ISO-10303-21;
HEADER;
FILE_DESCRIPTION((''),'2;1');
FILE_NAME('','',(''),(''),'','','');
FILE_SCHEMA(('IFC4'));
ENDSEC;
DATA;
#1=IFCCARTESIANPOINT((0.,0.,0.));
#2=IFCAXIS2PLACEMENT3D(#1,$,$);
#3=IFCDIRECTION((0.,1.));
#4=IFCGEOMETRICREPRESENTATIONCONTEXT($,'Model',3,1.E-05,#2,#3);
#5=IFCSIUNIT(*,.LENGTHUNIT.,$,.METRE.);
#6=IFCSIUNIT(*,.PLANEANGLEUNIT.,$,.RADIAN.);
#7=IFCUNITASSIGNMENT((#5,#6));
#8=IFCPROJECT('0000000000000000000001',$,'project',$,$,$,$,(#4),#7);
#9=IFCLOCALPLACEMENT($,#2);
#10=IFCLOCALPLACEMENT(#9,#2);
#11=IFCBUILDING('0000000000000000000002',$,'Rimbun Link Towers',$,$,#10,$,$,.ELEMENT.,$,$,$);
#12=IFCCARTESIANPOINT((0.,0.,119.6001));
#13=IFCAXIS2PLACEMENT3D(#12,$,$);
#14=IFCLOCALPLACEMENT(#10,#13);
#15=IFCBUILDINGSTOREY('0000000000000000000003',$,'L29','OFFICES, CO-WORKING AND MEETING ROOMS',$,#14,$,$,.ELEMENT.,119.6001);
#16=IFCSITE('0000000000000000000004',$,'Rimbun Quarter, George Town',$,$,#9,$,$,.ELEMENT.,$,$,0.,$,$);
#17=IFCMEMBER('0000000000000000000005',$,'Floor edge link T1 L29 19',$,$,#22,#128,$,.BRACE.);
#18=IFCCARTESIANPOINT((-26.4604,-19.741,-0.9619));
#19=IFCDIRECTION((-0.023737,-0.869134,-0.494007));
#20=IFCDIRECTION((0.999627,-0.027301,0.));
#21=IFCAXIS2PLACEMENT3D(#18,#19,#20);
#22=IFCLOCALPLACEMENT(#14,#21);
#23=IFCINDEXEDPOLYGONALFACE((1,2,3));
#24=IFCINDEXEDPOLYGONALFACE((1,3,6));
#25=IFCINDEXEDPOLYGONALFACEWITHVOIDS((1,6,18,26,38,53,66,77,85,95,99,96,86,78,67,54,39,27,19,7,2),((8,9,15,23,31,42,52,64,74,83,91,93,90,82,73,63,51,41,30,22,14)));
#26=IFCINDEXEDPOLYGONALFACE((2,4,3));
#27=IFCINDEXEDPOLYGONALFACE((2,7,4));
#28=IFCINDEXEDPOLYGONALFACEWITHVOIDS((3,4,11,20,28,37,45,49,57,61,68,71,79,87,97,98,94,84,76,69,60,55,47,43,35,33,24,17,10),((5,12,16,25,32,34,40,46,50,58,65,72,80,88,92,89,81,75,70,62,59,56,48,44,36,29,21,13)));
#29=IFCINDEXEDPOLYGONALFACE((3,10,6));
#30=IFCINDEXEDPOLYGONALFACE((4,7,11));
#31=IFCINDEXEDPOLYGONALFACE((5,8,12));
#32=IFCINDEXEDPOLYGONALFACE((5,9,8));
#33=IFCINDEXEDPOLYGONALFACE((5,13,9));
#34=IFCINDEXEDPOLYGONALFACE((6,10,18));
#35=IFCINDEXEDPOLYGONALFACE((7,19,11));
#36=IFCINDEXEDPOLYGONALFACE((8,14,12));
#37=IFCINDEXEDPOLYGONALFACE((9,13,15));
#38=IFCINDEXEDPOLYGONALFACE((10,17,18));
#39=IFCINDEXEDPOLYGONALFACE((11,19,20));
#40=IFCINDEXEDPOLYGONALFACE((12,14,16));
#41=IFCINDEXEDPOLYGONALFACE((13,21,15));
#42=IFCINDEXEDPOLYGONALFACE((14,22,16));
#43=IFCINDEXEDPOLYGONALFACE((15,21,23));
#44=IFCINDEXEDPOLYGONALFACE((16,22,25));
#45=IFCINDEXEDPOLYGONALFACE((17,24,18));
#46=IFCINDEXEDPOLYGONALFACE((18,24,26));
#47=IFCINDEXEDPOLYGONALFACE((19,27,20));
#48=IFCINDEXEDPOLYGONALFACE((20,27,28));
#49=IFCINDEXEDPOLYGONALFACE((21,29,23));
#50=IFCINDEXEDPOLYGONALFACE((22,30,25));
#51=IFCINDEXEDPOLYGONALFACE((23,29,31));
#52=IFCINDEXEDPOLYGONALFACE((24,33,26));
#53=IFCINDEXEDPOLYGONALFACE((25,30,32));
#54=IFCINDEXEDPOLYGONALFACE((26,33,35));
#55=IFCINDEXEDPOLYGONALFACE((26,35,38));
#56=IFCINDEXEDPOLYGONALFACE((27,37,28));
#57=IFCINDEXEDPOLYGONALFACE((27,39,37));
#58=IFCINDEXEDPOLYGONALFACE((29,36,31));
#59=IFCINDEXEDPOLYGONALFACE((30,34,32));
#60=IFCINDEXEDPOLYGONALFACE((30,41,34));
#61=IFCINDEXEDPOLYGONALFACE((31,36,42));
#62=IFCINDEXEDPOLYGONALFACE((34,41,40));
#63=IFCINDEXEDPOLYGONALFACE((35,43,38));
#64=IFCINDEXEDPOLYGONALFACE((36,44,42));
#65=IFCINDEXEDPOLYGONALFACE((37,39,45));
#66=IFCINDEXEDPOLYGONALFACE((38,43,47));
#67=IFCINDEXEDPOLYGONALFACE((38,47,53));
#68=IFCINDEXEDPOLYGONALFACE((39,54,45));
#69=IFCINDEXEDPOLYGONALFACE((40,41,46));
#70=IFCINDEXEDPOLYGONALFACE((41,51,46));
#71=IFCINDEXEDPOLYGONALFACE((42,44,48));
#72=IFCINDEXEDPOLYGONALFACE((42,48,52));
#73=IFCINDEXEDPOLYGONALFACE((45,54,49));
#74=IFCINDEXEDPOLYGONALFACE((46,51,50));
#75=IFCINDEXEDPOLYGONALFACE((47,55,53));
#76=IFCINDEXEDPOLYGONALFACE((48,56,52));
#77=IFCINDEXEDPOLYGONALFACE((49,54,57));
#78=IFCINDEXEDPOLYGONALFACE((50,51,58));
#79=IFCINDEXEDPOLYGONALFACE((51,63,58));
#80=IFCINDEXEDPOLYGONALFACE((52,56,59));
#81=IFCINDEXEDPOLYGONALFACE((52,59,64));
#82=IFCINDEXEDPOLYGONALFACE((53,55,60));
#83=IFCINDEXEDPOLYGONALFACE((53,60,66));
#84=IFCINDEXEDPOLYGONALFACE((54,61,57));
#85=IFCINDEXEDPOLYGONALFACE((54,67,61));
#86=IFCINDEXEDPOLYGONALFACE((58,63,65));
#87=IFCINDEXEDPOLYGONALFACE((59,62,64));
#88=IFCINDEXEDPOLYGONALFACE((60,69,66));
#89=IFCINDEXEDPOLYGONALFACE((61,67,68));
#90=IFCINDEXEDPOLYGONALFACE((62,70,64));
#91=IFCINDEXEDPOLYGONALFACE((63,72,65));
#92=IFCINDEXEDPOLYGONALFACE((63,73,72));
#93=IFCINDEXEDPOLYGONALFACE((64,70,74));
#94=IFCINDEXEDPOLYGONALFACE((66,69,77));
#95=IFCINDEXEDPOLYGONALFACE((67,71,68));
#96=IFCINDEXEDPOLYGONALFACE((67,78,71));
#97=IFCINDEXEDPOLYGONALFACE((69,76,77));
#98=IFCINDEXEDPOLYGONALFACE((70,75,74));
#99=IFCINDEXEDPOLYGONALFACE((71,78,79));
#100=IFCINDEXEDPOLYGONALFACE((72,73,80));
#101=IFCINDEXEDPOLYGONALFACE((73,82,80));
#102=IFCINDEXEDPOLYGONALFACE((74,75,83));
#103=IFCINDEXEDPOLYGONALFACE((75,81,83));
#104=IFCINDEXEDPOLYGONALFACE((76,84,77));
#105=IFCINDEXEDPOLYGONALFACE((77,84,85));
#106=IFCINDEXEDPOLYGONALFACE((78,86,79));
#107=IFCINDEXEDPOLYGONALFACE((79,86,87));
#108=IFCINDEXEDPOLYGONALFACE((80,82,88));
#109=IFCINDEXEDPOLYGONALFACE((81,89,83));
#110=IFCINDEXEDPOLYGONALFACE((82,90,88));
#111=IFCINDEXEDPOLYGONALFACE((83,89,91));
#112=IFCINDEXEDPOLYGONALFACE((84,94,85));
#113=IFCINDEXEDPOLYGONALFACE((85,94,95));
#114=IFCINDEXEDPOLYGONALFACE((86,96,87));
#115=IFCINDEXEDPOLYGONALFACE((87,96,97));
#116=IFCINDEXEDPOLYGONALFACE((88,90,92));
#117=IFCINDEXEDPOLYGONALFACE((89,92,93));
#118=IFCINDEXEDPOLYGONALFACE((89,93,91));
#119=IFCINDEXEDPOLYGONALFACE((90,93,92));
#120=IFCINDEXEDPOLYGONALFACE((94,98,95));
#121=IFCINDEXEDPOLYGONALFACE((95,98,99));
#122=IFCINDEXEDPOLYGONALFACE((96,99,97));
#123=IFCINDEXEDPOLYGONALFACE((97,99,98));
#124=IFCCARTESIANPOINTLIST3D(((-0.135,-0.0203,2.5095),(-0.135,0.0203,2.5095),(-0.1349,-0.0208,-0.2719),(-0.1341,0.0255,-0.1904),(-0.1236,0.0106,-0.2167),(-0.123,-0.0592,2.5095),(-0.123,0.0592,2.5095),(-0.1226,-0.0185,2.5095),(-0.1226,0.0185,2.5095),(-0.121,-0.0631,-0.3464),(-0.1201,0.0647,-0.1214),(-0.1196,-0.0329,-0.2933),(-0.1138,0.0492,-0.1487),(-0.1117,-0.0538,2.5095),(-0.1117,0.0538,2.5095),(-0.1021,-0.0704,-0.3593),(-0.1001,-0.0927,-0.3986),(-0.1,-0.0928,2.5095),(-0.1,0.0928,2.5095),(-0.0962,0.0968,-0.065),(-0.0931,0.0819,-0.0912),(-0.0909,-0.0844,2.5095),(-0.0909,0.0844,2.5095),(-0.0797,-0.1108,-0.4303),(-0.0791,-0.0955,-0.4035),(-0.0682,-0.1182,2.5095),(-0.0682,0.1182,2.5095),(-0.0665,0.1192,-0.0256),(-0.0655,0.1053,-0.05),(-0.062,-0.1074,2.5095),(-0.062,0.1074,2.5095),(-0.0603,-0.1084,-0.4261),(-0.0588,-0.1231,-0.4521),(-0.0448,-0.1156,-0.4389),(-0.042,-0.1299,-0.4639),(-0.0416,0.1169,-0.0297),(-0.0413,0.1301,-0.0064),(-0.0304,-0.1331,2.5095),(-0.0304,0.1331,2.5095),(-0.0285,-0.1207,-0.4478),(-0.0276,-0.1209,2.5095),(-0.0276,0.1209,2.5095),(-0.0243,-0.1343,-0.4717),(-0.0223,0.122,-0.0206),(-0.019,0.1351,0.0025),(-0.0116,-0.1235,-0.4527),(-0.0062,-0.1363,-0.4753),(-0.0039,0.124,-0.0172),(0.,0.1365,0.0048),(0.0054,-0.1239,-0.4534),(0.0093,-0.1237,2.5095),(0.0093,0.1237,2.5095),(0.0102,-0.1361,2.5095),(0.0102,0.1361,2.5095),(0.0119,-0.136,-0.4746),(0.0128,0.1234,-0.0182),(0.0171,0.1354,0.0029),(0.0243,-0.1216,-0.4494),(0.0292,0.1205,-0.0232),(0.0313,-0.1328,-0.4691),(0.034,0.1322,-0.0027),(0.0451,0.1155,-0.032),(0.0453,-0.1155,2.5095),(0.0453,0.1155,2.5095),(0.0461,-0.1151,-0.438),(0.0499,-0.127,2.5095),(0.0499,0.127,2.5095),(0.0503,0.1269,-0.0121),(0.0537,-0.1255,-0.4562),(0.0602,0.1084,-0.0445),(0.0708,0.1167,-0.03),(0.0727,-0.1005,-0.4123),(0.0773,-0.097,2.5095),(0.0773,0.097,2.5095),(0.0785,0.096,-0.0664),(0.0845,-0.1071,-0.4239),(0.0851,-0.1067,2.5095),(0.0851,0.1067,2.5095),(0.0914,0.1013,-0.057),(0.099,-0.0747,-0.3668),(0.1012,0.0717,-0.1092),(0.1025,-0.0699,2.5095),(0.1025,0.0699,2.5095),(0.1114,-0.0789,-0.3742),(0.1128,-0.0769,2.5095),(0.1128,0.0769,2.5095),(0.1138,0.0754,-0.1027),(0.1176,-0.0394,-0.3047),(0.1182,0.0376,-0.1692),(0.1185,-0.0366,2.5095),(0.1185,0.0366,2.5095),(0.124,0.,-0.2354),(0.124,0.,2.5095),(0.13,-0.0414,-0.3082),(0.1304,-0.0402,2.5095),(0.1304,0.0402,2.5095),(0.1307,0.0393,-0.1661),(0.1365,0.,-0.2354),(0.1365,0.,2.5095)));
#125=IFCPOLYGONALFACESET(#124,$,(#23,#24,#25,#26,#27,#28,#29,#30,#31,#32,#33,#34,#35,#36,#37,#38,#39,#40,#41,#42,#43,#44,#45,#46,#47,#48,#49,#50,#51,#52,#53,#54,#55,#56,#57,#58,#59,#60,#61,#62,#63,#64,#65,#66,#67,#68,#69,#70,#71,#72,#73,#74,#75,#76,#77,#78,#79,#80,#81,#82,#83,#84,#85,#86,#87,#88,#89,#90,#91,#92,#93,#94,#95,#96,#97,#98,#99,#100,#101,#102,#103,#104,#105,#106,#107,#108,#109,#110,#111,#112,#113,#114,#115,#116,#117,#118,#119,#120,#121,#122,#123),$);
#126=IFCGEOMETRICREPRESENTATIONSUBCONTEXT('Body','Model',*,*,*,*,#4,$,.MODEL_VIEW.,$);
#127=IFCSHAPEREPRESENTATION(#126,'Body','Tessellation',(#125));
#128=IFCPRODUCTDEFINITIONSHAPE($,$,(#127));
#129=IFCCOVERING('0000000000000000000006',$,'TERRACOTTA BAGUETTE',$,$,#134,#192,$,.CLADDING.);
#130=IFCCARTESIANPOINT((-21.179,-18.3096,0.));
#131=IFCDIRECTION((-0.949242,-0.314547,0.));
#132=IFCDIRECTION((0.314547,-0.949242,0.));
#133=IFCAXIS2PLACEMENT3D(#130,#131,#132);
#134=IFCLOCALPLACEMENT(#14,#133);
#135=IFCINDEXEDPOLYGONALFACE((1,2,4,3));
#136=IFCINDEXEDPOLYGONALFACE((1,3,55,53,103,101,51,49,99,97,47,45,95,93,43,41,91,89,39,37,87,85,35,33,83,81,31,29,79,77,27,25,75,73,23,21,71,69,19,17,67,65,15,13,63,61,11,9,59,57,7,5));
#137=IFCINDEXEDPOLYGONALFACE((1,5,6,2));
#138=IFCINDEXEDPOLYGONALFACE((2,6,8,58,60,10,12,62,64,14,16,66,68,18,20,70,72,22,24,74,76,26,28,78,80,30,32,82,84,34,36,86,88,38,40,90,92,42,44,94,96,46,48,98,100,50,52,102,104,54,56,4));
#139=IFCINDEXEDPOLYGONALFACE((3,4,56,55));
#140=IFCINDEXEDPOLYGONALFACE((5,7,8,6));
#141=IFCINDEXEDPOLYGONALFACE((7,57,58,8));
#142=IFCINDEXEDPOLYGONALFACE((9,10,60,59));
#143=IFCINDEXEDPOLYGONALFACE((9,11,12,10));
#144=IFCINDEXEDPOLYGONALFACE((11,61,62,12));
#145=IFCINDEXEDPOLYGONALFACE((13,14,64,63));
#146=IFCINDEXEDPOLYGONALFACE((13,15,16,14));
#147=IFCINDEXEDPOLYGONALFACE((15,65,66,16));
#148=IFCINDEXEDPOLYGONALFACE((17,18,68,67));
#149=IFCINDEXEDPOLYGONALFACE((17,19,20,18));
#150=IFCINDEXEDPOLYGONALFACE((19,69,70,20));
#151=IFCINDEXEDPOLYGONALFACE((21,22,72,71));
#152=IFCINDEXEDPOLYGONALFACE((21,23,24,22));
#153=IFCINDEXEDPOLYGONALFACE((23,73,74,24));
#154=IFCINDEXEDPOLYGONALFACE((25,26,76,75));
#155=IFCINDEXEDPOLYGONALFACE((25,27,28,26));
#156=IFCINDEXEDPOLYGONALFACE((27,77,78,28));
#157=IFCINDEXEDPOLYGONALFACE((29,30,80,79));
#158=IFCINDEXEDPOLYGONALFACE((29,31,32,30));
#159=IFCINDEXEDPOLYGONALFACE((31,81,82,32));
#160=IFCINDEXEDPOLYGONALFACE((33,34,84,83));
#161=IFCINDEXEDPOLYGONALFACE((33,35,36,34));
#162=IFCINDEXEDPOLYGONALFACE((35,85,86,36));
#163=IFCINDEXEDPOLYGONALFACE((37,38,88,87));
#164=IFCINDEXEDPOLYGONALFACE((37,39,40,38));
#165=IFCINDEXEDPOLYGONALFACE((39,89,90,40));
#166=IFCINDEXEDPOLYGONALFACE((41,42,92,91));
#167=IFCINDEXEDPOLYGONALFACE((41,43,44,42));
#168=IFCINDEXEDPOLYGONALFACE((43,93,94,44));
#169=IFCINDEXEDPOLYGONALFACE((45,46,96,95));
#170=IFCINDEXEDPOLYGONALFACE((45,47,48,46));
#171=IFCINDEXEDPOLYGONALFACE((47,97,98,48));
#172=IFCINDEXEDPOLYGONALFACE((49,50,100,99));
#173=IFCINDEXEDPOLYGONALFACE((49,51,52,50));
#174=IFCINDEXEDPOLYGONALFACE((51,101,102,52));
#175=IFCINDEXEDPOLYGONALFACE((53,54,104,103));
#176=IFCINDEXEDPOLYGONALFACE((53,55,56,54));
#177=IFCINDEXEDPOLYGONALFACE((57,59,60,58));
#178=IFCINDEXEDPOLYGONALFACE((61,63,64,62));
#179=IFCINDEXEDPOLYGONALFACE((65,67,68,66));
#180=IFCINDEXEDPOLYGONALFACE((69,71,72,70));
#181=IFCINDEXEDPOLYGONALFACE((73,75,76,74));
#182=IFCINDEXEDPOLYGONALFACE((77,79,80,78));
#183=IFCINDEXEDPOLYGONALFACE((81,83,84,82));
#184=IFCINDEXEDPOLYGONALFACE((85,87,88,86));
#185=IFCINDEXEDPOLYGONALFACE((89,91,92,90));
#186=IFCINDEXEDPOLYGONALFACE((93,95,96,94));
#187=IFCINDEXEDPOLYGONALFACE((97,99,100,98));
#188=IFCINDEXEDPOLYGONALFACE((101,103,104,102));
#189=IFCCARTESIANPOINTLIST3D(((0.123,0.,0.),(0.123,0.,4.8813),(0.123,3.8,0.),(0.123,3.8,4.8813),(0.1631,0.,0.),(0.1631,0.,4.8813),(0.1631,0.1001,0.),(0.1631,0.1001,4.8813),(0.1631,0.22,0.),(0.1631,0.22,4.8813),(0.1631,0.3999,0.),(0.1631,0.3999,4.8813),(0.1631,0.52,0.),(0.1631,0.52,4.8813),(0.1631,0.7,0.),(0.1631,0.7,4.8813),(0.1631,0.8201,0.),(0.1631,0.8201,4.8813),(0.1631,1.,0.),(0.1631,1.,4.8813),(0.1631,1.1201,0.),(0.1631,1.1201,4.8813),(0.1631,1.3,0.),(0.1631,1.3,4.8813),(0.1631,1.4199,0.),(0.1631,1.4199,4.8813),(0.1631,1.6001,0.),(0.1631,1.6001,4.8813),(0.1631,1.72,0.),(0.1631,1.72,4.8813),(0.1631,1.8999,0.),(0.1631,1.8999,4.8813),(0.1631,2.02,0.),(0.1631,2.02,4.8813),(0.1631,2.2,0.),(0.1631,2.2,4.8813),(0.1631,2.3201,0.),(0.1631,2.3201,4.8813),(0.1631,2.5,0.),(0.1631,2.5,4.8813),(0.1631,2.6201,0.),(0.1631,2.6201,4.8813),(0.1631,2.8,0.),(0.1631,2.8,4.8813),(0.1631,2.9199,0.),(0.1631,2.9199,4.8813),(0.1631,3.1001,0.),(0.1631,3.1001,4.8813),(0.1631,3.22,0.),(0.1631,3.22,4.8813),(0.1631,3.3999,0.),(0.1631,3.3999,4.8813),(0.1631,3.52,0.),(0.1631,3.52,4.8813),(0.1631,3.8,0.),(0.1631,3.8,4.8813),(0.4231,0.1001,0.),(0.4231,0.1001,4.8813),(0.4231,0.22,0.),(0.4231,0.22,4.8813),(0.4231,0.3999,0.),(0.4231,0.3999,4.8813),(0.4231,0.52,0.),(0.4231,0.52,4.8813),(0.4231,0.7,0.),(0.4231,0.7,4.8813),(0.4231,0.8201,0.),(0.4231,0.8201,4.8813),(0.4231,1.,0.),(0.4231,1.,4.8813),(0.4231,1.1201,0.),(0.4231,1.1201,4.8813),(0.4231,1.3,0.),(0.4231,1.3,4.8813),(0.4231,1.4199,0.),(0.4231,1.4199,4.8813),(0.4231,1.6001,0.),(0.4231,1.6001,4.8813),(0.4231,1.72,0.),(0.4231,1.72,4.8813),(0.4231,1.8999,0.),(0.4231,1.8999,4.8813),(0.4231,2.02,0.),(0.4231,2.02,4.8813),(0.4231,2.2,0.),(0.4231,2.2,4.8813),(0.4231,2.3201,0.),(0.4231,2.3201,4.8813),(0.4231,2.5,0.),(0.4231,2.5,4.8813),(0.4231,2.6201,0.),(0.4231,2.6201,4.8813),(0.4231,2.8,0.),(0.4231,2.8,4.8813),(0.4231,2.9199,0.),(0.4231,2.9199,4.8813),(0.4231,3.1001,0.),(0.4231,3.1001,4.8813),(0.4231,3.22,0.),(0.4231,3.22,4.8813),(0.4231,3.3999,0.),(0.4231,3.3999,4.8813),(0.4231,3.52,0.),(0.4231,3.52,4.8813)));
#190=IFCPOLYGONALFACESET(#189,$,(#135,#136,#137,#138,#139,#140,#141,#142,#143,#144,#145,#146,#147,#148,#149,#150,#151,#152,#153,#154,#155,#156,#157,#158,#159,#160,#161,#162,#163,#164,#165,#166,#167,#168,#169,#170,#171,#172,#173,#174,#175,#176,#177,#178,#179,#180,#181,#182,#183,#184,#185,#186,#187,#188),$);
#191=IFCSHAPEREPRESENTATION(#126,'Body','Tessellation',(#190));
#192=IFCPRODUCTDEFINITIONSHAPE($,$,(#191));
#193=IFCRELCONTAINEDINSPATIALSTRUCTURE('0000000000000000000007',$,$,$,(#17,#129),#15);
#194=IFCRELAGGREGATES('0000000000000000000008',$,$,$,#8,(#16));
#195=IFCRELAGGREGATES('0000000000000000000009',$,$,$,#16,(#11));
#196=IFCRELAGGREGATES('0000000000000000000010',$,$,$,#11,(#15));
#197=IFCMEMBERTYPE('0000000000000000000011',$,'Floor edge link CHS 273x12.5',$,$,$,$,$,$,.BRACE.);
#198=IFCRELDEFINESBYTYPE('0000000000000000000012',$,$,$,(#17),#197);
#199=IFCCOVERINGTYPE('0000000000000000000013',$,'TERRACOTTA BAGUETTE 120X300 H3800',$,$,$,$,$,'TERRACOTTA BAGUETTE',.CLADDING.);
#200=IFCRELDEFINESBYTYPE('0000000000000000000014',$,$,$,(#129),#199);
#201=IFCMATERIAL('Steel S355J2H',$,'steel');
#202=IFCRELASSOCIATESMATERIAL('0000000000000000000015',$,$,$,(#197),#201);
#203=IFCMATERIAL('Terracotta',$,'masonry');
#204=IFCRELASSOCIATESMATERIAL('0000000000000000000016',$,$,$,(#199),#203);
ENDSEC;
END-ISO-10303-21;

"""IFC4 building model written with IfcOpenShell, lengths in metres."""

from ifc_helpers import new_model, si_unit, direction, frame, origin, origin_2d, place, context, subcontext, project, spatial, polyline, hollow_circle, outline, extrude, clip, halfspace, material, material_profile, profile_set, type_object, element, save


model = new_model("IFC4")

# Units and contexts
model_context = context("Model", 3, precision=1e-05, world=origin(), true_north=direction((0.0, 1.0)))
body_context = subcontext(model_context, "Body", "Model", "MODEL_VIEW")
ifc_project = project(units=[si_unit("LENGTHUNIT", "METRE"), si_unit("PLANEANGLEUNIT", "RADIAN")], contexts=[model_context])

# Site, building, storey
site_placement = place(None, origin())
site = spatial("IfcSite", under=ifc_project, at=site_placement, Name="Rimbun Quarter, George Town", CompositionType="ELEMENT", RefElevation=0.0)
building_placement = place(site_placement, origin())
building = spatial("IfcBuilding", under=site, at=building_placement, Name="Rimbun Link Towers", CompositionType="ELEMENT")
storey_placement = place(building_placement, frame((0.0, 0.0, 119.6001)))
storey = spatial("IfcBuildingStorey", under=building, at=storey_placement, Name="L29", Description="OFFICES, CO-WORKING AND MEETING ROOMS", CompositionType="ELEMENT", Elevation=119.6001)

# Member
ifc_material_1 = material(Name="Steel S355J2H", Category="steel")
ifc_material_profile_1 = material_profile(ifc_material_1, hollow_circle(Radius=0.1365, WallThickness=0.0125, at=origin_2d()), Name="CHS 273x12.5")
ifc_profile_set_1 = profile_set([ifc_material_profile_1], Name="Steel S355J2H")
member_type_1 = type_object("IfcMemberType", Name="Floor edge link CHS 273x12.5", PredefinedType="BRACE", material=ifc_profile_set_1)
member_1_placement = place(storey_placement, frame((-26.4604, -19.741, -0.9619), z_axis=(-0.023737, -0.869134, -0.494007), x_axis=(0.999627, -0.027301, 0.0)))
element("IfcMember", 1, at=member_1_placement, inside=storey, type_object=member_type_1, Name="Floor edge link T1 L29 19", PredefinedType="BRACE", context=body_context, shape_type="Clipping", body=[
    clip(extrude(hollow_circle(Radius=0.1365, WallThickness=0.0125, at=origin_2d()), frame((0.0, 0.0, -0.5007)), (0.0, 0.0, 1.0), 3.0103), halfspace(frame((0.0, 0.0, -0.2354), z_axis=(0.0, 0.869458, -0.494007)), False)),
])

# Covering
ifc_material_2 = material(Name="Terracotta", Category="masonry")
ifc_material_profile_2 = material_profile(ifc_material_2, outline(polyline([(0.123, 0.0), (0.1631, 0.0), (0.1631, 0.1001), (0.4231, 0.1001), (0.4231, 0.22), (0.1631, 0.22), (0.1631, 0.3999), (0.4231, 0.3999), (0.4231, 0.52), (0.1631, 0.52), (0.1631, 0.7), (0.4231, 0.7), (0.4231, 0.8201), (0.1631, 0.8201), (0.1631, 1.0), (0.4231, 1.0), (0.4231, 1.1201), (0.1631, 1.1201), (0.1631, 1.3), (0.4231, 1.3), (0.4231, 1.4199), (0.1631, 1.4199), (0.1631, 1.6001), (0.4231, 1.6001), (0.4231, 1.72), (0.1631, 1.72), (0.1631, 1.8999), (0.4231, 1.8999), (0.4231, 2.02), (0.1631, 2.02), (0.1631, 2.2), (0.4231, 2.2), (0.4231, 2.3201), (0.1631, 2.3201), (0.1631, 2.5), (0.4231, 2.5), (0.4231, 2.6201), (0.1631, 2.6201), (0.1631, 2.8), (0.4231, 2.8), (0.4231, 2.9199), (0.1631, 2.9199), (0.1631, 3.1001), (0.4231, 3.1001), (0.4231, 3.22), (0.1631, 3.22), (0.1631, 3.3999), (0.4231, 3.3999), (0.4231, 3.52), (0.1631, 3.52), (0.1631, 3.8), (0.123, 3.8), (0.123, 0.0)])), Name="BAGUETTE 120X300")
ifc_profile_set_2 = profile_set([ifc_material_profile_2], Name="Terracotta")
covering_type = type_object("IfcCoveringType", Name="TERRACOTTA BAGUETTE 120X300 H3800", ElementType="TERRACOTTA BAGUETTE", PredefinedType="CLADDING", material=ifc_profile_set_2)
covering_placement = place(storey_placement, frame((-21.179, -18.3096, 0.0), z_axis=(-0.949242, -0.314547, 0.0), x_axis=(0.314547, -0.949242, 0.0)))
element("IfcCovering", 2, at=covering_placement, inside=storey, type_object=covering_type, Name="TERRACOTTA BAGUETTE", PredefinedType="CLADDING", context=body_context, shape_type="SweptSolid", body=[
    extrude(outline(polyline([(0.123, 0.0), (0.1631, 0.0), (0.1631, 0.1001), (0.4231, 0.1001), (0.4231, 0.22), (0.1631, 0.22), (0.1631, 0.3999), (0.4231, 0.3999), (0.4231, 0.52), (0.1631, 0.52), (0.1631, 0.7), (0.4231, 0.7), (0.4231, 0.8201), (0.1631, 0.8201), (0.1631, 1.0), (0.4231, 1.0), (0.4231, 1.1201), (0.1631, 1.1201), (0.1631, 1.3), (0.4231, 1.3), (0.4231, 1.4199), (0.1631, 1.4199), (0.1631, 1.6001), (0.4231, 1.6001), (0.4231, 1.72), (0.1631, 1.72), (0.1631, 1.8999), (0.4231, 1.8999), (0.4231, 2.02), (0.1631, 2.02), (0.1631, 2.2), (0.4231, 2.2), (0.4231, 2.3201), (0.1631, 2.3201), (0.1631, 2.5), (0.4231, 2.5), (0.4231, 2.6201), (0.1631, 2.6201), (0.1631, 2.8), (0.4231, 2.8), (0.4231, 2.9199), (0.1631, 2.9199), (0.1631, 3.1001), (0.4231, 3.1001), (0.4231, 3.22), (0.1631, 3.22), (0.1631, 3.3999), (0.4231, 3.3999), (0.4231, 3.52), (0.1631, 3.52), (0.1631, 3.8), (0.123, 3.8), (0.123, 0.0)])), origin(), (0.0, 0.0, 1.0), 4.8813),
])

save(model, "model.ifc")
